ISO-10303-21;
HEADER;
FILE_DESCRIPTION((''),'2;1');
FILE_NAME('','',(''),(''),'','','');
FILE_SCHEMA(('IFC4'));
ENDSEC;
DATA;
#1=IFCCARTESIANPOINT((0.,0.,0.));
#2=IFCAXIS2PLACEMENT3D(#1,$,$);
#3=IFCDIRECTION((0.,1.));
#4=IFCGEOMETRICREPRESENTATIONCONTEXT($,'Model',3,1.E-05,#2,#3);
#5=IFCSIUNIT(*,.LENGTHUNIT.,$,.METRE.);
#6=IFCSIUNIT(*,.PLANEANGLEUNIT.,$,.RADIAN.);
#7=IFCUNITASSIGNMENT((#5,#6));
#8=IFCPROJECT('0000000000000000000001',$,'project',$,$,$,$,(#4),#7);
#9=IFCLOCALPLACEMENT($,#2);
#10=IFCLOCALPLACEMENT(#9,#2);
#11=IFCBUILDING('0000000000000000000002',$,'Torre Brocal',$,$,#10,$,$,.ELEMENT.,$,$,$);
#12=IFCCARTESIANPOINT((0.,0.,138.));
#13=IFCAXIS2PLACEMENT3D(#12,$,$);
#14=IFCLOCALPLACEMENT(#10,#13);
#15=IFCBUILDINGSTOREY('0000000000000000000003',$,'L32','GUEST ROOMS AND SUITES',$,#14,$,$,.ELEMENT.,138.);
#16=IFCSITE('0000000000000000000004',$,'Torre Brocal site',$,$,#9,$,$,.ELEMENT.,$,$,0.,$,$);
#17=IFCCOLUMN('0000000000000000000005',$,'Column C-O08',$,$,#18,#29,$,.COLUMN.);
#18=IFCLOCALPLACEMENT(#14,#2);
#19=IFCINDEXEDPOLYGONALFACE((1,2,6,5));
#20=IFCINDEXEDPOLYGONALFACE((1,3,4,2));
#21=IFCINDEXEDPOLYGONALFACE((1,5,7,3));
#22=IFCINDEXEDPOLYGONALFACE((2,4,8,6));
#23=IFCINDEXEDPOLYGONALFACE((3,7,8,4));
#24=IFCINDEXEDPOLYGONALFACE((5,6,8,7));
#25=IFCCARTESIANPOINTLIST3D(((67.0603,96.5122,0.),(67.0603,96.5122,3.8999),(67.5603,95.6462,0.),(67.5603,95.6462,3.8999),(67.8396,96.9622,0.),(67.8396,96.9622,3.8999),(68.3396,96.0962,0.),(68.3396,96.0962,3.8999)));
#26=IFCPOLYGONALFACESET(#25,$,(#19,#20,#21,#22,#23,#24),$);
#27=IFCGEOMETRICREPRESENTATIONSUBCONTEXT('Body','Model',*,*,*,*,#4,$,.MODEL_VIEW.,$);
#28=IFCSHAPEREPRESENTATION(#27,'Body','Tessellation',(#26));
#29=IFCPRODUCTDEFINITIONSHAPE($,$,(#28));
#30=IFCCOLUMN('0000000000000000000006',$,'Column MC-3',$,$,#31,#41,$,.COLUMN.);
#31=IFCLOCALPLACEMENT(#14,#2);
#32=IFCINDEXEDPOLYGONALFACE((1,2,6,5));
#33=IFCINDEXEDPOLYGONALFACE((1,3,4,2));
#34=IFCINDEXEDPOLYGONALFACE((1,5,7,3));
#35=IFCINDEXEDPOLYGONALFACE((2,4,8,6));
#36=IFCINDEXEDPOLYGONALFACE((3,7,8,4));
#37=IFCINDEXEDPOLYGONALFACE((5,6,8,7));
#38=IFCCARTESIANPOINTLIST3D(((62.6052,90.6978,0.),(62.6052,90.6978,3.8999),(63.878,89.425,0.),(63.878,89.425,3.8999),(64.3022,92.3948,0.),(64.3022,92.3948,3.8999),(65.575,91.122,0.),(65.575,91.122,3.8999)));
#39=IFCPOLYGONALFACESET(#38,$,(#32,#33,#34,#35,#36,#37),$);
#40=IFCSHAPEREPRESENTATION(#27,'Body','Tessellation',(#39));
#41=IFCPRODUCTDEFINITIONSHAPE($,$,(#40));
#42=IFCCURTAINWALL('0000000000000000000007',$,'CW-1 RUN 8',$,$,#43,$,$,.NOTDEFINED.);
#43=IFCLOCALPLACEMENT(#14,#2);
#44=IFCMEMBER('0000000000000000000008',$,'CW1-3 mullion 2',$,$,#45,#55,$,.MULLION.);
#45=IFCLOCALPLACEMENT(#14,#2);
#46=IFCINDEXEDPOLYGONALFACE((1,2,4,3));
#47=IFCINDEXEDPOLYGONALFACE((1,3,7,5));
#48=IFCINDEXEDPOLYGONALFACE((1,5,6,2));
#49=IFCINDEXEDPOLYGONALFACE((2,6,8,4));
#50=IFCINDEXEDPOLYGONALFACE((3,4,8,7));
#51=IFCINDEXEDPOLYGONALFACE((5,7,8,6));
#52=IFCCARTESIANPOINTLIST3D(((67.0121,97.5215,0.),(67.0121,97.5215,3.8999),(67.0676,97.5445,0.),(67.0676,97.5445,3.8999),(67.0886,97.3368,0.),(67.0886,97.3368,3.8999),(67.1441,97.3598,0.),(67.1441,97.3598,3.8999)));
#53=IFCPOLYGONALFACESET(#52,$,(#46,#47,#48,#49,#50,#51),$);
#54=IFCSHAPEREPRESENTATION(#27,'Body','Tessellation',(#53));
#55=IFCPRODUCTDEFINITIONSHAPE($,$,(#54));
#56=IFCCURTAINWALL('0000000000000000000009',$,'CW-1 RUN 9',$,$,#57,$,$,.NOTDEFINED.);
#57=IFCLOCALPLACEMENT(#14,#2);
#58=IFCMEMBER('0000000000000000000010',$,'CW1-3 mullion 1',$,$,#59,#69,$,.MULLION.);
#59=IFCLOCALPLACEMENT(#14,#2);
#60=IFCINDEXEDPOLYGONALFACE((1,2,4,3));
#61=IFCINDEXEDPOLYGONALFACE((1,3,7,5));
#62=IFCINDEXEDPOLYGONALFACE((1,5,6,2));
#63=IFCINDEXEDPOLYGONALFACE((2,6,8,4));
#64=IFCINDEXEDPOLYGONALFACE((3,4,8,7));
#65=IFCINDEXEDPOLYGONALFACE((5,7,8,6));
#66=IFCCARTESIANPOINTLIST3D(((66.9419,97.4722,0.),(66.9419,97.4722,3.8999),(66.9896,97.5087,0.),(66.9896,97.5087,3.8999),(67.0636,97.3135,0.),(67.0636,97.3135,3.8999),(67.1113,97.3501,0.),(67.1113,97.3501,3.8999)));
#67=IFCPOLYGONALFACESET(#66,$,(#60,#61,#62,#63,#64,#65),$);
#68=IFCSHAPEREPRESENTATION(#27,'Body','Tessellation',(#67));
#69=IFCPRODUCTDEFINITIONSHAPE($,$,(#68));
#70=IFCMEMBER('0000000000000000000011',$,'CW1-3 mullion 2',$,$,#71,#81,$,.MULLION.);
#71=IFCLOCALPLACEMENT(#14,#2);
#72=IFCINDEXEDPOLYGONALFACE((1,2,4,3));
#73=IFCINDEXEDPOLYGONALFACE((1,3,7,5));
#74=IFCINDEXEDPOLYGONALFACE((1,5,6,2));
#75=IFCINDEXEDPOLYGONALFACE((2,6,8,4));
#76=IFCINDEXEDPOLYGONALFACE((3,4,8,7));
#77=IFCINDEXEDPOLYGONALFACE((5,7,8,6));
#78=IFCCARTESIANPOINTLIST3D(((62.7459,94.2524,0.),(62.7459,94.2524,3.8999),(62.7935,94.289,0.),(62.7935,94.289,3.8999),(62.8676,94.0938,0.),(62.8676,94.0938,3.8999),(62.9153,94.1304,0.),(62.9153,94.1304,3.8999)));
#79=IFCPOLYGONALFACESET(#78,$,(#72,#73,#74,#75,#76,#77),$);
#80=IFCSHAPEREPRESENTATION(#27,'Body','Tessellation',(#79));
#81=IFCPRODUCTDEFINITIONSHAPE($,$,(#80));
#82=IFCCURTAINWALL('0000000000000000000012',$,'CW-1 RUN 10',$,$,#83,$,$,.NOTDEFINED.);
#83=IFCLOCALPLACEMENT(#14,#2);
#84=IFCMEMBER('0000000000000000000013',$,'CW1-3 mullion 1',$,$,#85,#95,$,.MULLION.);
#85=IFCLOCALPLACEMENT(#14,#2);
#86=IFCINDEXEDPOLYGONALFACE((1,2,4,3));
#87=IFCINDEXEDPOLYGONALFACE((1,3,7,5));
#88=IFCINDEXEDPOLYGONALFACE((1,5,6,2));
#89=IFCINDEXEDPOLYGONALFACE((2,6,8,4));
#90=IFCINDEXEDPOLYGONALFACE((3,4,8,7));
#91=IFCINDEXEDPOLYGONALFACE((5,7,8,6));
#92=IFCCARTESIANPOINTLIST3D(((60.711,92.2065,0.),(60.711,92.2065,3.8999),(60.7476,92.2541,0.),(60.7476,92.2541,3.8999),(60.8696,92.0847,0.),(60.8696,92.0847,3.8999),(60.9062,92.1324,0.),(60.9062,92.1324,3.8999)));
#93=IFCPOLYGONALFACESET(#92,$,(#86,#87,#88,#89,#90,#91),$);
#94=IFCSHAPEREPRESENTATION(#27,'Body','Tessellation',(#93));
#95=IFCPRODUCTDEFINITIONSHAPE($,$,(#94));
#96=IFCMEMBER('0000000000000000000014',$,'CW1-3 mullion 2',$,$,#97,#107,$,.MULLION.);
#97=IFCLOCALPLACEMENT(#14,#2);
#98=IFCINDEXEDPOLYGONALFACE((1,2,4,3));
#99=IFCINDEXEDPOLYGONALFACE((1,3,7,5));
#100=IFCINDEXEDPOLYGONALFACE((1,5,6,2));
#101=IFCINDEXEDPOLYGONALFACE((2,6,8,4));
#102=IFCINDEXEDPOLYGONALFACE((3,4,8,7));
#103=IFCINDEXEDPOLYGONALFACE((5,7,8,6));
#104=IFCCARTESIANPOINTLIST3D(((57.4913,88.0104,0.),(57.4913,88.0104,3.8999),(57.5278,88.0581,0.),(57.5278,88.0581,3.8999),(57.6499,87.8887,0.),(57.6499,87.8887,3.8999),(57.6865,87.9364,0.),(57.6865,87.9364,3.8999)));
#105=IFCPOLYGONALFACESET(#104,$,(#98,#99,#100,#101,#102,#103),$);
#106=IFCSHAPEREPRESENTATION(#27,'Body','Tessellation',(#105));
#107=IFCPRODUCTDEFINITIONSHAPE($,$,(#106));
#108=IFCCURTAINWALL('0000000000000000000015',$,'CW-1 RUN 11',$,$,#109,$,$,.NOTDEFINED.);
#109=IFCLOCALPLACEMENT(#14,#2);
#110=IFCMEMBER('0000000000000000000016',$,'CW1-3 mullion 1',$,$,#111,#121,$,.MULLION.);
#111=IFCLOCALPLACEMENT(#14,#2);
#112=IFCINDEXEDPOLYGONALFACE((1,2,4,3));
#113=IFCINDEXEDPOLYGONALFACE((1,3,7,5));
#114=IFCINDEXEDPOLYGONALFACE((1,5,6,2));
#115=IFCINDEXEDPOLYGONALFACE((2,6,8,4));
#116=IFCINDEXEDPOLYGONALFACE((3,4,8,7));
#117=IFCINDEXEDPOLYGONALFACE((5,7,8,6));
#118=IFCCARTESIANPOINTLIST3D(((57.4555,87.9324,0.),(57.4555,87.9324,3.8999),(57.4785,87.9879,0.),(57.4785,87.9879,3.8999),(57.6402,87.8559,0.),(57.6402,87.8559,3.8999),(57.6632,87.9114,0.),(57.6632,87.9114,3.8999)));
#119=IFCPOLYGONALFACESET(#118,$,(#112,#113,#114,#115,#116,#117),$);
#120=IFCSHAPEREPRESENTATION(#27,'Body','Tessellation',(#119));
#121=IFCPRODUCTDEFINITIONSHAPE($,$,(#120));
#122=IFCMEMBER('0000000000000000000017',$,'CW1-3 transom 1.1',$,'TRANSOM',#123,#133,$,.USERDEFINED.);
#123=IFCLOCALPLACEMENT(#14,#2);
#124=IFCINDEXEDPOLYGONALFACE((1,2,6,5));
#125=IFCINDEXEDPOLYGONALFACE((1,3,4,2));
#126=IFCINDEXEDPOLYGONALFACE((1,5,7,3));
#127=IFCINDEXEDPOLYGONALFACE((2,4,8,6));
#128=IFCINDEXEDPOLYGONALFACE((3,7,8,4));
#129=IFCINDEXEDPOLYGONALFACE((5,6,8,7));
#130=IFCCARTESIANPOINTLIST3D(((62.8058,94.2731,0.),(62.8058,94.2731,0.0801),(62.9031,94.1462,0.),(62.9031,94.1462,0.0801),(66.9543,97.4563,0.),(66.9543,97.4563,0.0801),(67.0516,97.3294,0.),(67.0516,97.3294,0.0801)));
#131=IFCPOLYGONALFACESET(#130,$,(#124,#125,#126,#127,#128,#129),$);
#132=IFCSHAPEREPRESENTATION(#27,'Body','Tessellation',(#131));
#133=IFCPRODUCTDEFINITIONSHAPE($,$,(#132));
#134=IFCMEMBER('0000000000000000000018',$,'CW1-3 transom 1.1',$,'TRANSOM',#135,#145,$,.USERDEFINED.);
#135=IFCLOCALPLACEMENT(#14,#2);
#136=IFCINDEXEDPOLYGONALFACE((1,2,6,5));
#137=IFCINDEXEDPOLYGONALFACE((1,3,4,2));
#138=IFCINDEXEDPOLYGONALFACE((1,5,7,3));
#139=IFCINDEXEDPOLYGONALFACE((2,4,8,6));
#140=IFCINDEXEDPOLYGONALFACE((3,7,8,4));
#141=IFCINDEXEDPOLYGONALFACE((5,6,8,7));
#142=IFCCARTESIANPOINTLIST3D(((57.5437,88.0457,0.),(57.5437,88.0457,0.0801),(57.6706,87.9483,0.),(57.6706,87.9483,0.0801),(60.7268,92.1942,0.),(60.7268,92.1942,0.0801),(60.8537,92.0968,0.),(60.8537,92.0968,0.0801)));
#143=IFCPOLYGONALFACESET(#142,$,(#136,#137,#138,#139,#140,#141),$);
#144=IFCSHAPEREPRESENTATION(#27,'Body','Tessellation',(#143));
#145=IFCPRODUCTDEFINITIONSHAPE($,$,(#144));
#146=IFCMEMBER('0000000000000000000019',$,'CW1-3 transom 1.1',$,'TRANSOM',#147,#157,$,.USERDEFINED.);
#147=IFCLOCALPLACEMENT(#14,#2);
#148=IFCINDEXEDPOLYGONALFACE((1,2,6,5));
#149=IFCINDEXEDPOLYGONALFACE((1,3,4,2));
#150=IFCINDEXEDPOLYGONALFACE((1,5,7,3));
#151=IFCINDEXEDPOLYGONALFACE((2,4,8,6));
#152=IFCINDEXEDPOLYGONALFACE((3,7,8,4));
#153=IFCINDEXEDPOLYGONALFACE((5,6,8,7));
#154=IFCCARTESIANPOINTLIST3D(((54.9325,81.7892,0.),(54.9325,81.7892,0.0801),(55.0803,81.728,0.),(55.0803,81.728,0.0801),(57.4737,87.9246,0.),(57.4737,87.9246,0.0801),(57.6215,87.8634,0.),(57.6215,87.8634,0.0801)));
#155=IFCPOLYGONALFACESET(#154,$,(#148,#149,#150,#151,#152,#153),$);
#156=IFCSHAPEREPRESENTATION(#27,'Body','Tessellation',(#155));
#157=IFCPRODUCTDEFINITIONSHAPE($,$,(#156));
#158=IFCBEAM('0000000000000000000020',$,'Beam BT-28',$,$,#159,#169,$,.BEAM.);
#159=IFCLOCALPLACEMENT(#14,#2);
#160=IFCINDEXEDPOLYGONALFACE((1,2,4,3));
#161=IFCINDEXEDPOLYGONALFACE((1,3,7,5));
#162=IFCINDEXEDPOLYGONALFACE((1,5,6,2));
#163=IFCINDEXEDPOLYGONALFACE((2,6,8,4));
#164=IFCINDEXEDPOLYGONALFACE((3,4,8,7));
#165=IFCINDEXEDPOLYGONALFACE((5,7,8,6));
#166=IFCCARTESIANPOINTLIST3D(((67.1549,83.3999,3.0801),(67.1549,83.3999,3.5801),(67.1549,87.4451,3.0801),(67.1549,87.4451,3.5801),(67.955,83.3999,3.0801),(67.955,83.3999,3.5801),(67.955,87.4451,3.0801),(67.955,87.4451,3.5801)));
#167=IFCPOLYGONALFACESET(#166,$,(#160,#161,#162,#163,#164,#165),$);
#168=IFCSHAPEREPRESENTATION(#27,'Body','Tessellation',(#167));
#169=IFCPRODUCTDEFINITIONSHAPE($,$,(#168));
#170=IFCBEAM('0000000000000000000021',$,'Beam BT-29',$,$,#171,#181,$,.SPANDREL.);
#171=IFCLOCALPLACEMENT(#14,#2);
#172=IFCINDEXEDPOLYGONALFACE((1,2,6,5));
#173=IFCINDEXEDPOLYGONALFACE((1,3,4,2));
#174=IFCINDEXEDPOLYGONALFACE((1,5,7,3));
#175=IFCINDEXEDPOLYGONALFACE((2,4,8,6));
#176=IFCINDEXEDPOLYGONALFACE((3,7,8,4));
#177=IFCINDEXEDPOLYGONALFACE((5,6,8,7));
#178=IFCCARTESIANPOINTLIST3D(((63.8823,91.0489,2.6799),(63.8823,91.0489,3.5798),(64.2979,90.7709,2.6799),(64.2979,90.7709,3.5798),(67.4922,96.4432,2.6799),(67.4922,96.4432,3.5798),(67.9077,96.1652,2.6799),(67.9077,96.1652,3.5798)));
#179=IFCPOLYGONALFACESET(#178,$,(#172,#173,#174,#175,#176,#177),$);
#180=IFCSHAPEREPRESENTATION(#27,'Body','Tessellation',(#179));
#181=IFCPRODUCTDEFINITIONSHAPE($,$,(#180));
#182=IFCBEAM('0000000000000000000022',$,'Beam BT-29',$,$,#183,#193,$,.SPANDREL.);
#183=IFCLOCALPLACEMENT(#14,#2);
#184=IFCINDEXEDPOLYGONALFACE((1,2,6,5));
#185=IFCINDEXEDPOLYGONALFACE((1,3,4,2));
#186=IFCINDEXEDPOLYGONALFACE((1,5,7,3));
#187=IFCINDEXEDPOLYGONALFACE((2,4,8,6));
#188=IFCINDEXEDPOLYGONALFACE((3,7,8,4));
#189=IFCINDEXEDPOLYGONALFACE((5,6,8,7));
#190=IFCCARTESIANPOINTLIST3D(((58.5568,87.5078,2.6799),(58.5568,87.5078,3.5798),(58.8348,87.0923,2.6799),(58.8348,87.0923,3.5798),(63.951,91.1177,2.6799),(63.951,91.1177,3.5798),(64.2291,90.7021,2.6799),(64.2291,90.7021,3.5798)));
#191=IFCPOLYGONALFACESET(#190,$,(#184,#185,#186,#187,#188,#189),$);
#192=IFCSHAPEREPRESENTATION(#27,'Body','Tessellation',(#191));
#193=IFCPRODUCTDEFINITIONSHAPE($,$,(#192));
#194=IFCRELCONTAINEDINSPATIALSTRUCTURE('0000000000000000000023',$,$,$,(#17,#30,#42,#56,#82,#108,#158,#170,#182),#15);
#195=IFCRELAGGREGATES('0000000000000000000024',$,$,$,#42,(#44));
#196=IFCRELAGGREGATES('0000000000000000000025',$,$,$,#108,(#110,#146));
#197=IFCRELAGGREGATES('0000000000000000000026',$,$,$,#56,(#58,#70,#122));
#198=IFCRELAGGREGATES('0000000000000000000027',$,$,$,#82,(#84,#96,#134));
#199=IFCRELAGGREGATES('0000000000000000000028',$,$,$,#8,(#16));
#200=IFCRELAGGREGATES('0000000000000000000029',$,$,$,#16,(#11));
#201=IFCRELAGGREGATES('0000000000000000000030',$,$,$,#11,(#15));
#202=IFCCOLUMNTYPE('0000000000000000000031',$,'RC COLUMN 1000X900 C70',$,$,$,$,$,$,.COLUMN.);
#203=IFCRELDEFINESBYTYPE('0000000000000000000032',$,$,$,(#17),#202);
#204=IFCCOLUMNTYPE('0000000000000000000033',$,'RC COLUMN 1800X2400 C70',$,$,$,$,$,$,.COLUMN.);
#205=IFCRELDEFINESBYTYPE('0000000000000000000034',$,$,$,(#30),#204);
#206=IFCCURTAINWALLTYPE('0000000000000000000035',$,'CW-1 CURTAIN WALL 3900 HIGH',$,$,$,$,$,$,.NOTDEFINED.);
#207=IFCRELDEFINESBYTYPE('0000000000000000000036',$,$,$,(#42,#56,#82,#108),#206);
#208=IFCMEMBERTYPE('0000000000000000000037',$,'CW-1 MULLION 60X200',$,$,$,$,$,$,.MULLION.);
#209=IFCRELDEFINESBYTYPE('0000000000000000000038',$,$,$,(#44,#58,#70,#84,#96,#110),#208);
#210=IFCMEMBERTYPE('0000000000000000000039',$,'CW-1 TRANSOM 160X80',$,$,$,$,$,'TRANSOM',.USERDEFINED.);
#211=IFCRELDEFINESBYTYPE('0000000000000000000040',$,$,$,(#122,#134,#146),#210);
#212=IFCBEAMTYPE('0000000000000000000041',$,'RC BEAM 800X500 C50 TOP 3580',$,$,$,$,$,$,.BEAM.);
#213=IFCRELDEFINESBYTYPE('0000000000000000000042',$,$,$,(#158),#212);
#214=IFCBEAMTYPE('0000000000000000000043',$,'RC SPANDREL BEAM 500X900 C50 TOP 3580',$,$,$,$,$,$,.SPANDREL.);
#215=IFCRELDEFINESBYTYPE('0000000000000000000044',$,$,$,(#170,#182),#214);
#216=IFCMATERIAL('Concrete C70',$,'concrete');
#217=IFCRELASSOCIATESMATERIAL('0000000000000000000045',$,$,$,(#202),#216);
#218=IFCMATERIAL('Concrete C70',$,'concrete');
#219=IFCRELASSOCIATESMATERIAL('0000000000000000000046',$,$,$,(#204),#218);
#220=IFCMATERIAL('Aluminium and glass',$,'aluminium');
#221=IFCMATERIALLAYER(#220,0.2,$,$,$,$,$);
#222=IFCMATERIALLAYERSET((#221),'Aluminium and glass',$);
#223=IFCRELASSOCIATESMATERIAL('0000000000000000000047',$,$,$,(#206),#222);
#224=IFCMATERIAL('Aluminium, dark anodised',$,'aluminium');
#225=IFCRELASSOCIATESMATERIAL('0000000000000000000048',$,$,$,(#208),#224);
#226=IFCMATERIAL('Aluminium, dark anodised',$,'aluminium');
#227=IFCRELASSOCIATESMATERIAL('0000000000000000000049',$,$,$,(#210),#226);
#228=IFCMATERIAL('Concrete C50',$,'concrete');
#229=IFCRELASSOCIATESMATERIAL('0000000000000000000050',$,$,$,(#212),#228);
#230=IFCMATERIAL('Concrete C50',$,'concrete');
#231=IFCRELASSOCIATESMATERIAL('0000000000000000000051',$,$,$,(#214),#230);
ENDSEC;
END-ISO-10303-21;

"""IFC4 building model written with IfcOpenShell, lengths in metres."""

from ifc_helpers import new_model, si_unit, direction, frame, origin, origin_2d, place, context, subcontext, project, spatial, rectangle, extrude, material, layer, layer_set, material_profile, profile_set, type_object, element, aggregate, save


model = new_model("IFC4")

# Units and contexts
model_context = context("Model", 3, precision=1e-05, world=origin(), true_north=direction((0.0, 1.0)))
body_context = subcontext(model_context, "Body", "Model", "MODEL_VIEW")
ifc_project = project(units=[si_unit("LENGTHUNIT", "METRE"), si_unit("PLANEANGLEUNIT", "RADIAN")], contexts=[model_context])

# Site, building, storey
site_placement = place(None, origin())
site = spatial("IfcSite", under=ifc_project, at=site_placement, Name="Torre Brocal site", CompositionType="ELEMENT", RefElevation=0.0)
building_placement = place(site_placement, origin())
building = spatial("IfcBuilding", under=site, at=building_placement, Name="Torre Brocal", CompositionType="ELEMENT")
storey_placement = place(building_placement, frame((0.0, 0.0, 138.0)))
storey = spatial("IfcBuildingStorey", under=building, at=storey_placement, Name="L32", Description="GUEST ROOMS AND SUITES", CompositionType="ELEMENT", Elevation=138.0)

# Columns
ifc_material_1 = material(Name="Concrete C70", Category="concrete")
ifc_material_profile_1 = material_profile(ifc_material_1, rectangle(XDim=1.0, YDim=0.8999, at=origin_2d()), Name="RC 1000X900")
ifc_profile_set_1 = profile_set([ifc_material_profile_1], Name="Concrete C70")
column_type_1 = type_object("IfcColumnType", Name="RC COLUMN 1000X900 C70", PredefinedType="COLUMN", material=ifc_profile_set_1)
column_1_placement = place(storey_placement, frame((67.7, 96.3042, 0.0), z_axis=(0.0, 0.0, 1.0), x_axis=(-0.5, 0.866025, 0.0)))
element("IfcColumn", 1, at=column_1_placement, inside=storey, type_object=column_type_1, Name="Column C-O08", PredefinedType="COLUMN", context=body_context, shape_type="SweptSolid", body=[
    extrude(rectangle(XDim=1.0, YDim=0.8999, at=origin_2d()), origin(), (0.0, 0.0, 1.0), 3.8999),
])
ifc_material_2 = material(Name="Concrete C70", Category="concrete")
ifc_material_profile_2 = material_profile(ifc_material_2, rectangle(XDim=1.8, YDim=2.3999, at=origin_2d()), Name="RC 1800X2400")
ifc_profile_set_2 = profile_set([ifc_material_profile_2], Name="Concrete C70")
column_type_2 = type_object("IfcColumnType", Name="RC COLUMN 1800X2400 C70", PredefinedType="COLUMN", material=ifc_profile_set_2)
column_2_placement = place(storey_placement, frame((64.0901, 90.9099, 0.0), z_axis=(0.0, 0.0, 1.0), x_axis=(-0.707107, 0.707107, 0.0)))
element("IfcColumn", 2, at=column_2_placement, inside=storey, type_object=column_type_2, Name="Column MC-3", PredefinedType="COLUMN", context=body_context, shape_type="SweptSolid", body=[
    extrude(rectangle(XDim=1.8, YDim=2.3999, at=origin_2d()), origin(), (0.0, 0.0, 1.0), 3.8999),
])

# Curtain wall, member
ifc_material_3 = material(Name="Aluminium and glass", Category="aluminium")
ifc_layer_1 = layer(ifc_material_3, 0.2)
ifc_layer_set_1 = layer_set([ifc_layer_1], Name="Aluminium and glass")
curtain_wall_type = type_object("IfcCurtainWallType", Name="CW-1 CURTAIN WALL 3900 HIGH", PredefinedType="NOTDEFINED", material=ifc_layer_set_1)
curtain_wall_1_placement = place(storey_placement, origin())
curtain_wall_1 = element("IfcCurtainWall", 3, at=curtain_wall_1_placement, inside=storey, type_object=curtain_wall_type, Name="CW-1 RUN 8", PredefinedType="NOTDEFINED")
ifc_material_4 = material(Name="Aluminium, dark anodised", Category="aluminium")
ifc_material_profile_3 = material_profile(ifc_material_4, rectangle(XDim=0.2, YDim=0.0601, at=origin_2d()), Name="CW-1 MULLION 60X200")
ifc_profile_set_3 = profile_set([ifc_material_profile_3], Name="Aluminium, dark anodised")
member_type_1 = type_object("IfcMemberType", Name="CW-1 MULLION 60X200", PredefinedType="MULLION", material=ifc_profile_set_3)
member_1_placement = place(storey_placement, frame((67.0781, 97.4407, 0.0), z_axis=(0.0, 0.0, 1.0), x_axis=(0.382683, -0.92388, 0.0)))
member_1 = element("IfcMember", 4, at=member_1_placement, type_object=member_type_1, Name="CW1-3 mullion 2", PredefinedType="MULLION", context=body_context, shape_type="SweptSolid", body=[
    extrude(rectangle(XDim=0.2, YDim=0.0601, at=origin_2d()), origin(), (0.0, 0.0, 1.0), 3.8999),
])
aggregate(curtain_wall_1, [member_1])

# Curtain walls, members
curtain_wall_2_placement = place(storey_placement, origin())
curtain_wall_2 = element("IfcCurtainWall", 5, at=curtain_wall_2_placement, inside=storey, type_object=curtain_wall_type, Name="CW-1 RUN 9", PredefinedType="NOTDEFINED")
member_2_placement = place(storey_placement, frame((67.0266, 97.4111, 0.0), z_axis=(0.0, 0.0, 1.0), x_axis=(0.608761, -0.793353, 0.0)))
member_2 = element("IfcMember", 6, at=member_2_placement, type_object=member_type_1, Name="CW1-3 mullion 1", PredefinedType="MULLION", context=body_context, shape_type="SweptSolid", body=[
    extrude(rectangle(XDim=0.2, YDim=0.0601, at=origin_2d()), origin(), (0.0, 0.0, 1.0), 3.8999),
])
member_3_placement = place(storey_placement, frame((62.8306, 94.1914, 0.0), z_axis=(0.0, 0.0, 1.0), x_axis=(0.608761, -0.793353, 0.0)))
member_3 = element("IfcMember", 7, at=member_3_placement, type_object=member_type_1, Name="CW1-3 mullion 2", PredefinedType="MULLION", context=body_context, shape_type="SweptSolid", body=[
    extrude(rectangle(XDim=0.2, YDim=0.0601, at=origin_2d()), origin(), (0.0, 0.0, 1.0), 3.8999),
])
curtain_wall_3_placement = place(storey_placement, origin())
curtain_wall_3 = element("IfcCurtainWall", 8, at=curtain_wall_3_placement, inside=storey, type_object=curtain_wall_type, Name="CW-1 RUN 10", PredefinedType="NOTDEFINED")
member_4_placement = place(storey_placement, frame((60.8086, 92.1694, 0.0), z_axis=(0.0, 0.0, 1.0), x_axis=(0.793353, -0.608761, 0.0)))
member_4 = element("IfcMember", 9, at=member_4_placement, type_object=member_type_1, Name="CW1-3 mullion 1", PredefinedType="MULLION", context=body_context, shape_type="SweptSolid", body=[
    extrude(rectangle(XDim=0.2, YDim=0.0601, at=origin_2d()), origin(), (0.0, 0.0, 1.0), 3.8999),
])
member_5_placement = place(storey_placement, frame((57.5889, 87.9734, 0.0), z_axis=(0.0, 0.0, 1.0), x_axis=(0.793353, -0.608761, 0.0)))
member_5 = element("IfcMember", 10, at=member_5_placement, type_object=member_type_1, Name="CW1-3 mullion 2", PredefinedType="MULLION", context=body_context, shape_type="SweptSolid", body=[
    extrude(rectangle(XDim=0.2, YDim=0.0601, at=origin_2d()), origin(), (0.0, 0.0, 1.0), 3.8999),
])

# Curtain wall, member
curtain_wall_4_placement = place(storey_placement, origin())
curtain_wall_4 = element("IfcCurtainWall", 11, at=curtain_wall_4_placement, inside=storey, type_object=curtain_wall_type, Name="CW-1 RUN 11", PredefinedType="NOTDEFINED")
member_6_placement = place(storey_placement, frame((57.5593, 87.9219, 0.0), z_axis=(0.0, 0.0, 1.0), x_axis=(0.92388, -0.382683, 0.0)))
member_6 = element("IfcMember", 12, at=member_6_placement, type_object=member_type_1, Name="CW1-3 mullion 1", PredefinedType="MULLION", context=body_context, shape_type="SweptSolid", body=[
    extrude(rectangle(XDim=0.2, YDim=0.0601, at=origin_2d()), origin(), (0.0, 0.0, 1.0), 3.8999),
])

# Members
ifc_material_5 = material(Name="Aluminium, dark anodised", Category="aluminium")
ifc_material_profile_4 = material_profile(ifc_material_5, rectangle(XDim=0.1599, YDim=0.0801, at=origin_2d()), Name="CW-1 TRANSOM 160X80")
ifc_profile_set_4 = profile_set([ifc_material_profile_4], Name="Aluminium, dark anodised")
member_type_2 = type_object("IfcMemberType", Name="CW-1 TRANSOM 160X80", ElementType="TRANSOM", PredefinedType="USERDEFINED", material=ifc_profile_set_4)
member_7_placement = place(storey_placement, frame((67.0029, 97.3928, 0.04), z_axis=(-0.793363, -0.608749, 0.0), x_axis=(0.608749, -0.793363, 0.0)))
member_7 = element("IfcMember", 13, at=member_7_placement, type_object=member_type_2, Name="CW1-3 transom 1.1", ObjectType="TRANSOM", PredefinedType="USERDEFINED", context=body_context, shape_type="SweptSolid", body=[
    extrude(rectangle(XDim=0.1599, YDim=0.0801, at=origin_2d()), origin(), (0.0, 0.0, 1.0), 5.229),
])
member_8_placement = place(storey_placement, frame((60.7903, 92.1455, 0.04), z_axis=(-0.608749, -0.793363, 0.0), x_axis=(0.793363, -0.608749, 0.0)))
member_8 = element("IfcMember", 14, at=member_8_placement, type_object=member_type_2, Name="CW1-3 transom 1.1", ObjectType="TRANSOM", PredefinedType="USERDEFINED", context=body_context, shape_type="SweptSolid", body=[
    extrude(rectangle(XDim=0.1599, YDim=0.0801, at=origin_2d()), origin(), (0.0, 0.0, 1.0), 5.229),
])
member_9_placement = place(storey_placement, frame((57.5476, 87.894, 0.04), z_axis=(-0.382665, -0.923887, 0.0), x_axis=(0.923887, -0.382665, 0.0)))
member_9 = element("IfcMember", 15, at=member_9_placement, type_object=member_type_2, Name="CW1-3 transom 1.1", ObjectType="TRANSOM", PredefinedType="USERDEFINED", context=body_context, shape_type="SweptSolid", body=[
    extrude(rectangle(XDim=0.1599, YDim=0.0801, at=origin_2d()), origin(), (0.0, 0.0, 1.0), 6.6409),
])
aggregate(curtain_wall_4, [member_6, member_9])

# Beams
ifc_material_6 = material(Name="Concrete C50", Category="concrete")
ifc_material_profile_5 = material_profile(ifc_material_6, rectangle(XDim=0.8, YDim=0.5, at=origin_2d()), Name="RC 800X500")
ifc_profile_set_5 = profile_set([ifc_material_profile_5], Name="Concrete C50")
beam_type_1 = type_object("IfcBeamType", Name="RC BEAM 800X500 C50 TOP 3580", PredefinedType="BEAM", material=ifc_profile_set_5)
beam_placement = place(storey_placement, frame((67.5549, 87.4451, 3.3301), z_axis=(0.0, -1.0, 0.0), x_axis=(1.0, 0.0, 0.0)))
element("IfcBeam", 16, at=beam_placement, inside=storey, type_object=beam_type_1, Name="Beam BT-28", PredefinedType="BEAM", context=body_context, shape_type="SweptSolid", body=[
    extrude(rectangle(XDim=0.8, YDim=0.5, at=origin_2d()), origin(), (0.0, 0.0, 1.0), 4.0452),
])
ifc_material_7 = material(Name="Concrete C50", Category="concrete")
ifc_material_profile_6 = material_profile(ifc_material_7, rectangle(XDim=0.5, YDim=0.8999, at=origin_2d()), Name="RC 500X900")
ifc_profile_set_6 = profile_set([ifc_material_profile_6], Name="Concrete C50")
beam_type_2 = type_object("IfcBeamType", Name="RC SPANDREL BEAM 500X900 C50 TOP 3580", PredefinedType="SPANDREL", material=ifc_profile_set_6)
for number, where, z_axis, x_axis, name in (
    (17, (67.7, 96.3042, 3.1299), (-0.556158, -0.831077, 0.0), (0.831077, -0.556158, 0.0), "Beam BT-29"),
    (18, (64.0901, 90.9099, 3.1299), (-0.831077, -0.556158, 0.0), (0.556158, -0.831077, 0.0), "Beam BT-29"),
):
    element("IfcBeam", number, at=place(storey_placement, frame(where, z_axis=z_axis, x_axis=x_axis)), inside=storey, type_object=beam_type_2, Name=name, PredefinedType="SPANDREL", context=body_context, shape_type="SweptSolid", body=[
        extrude(rectangle(XDim=0.5, YDim=0.8999, at=origin_2d()), origin(), (0.0, 0.0, 1.0), 6.4907),
    ])

aggregate(curtain_wall_2, [member_2, member_3, member_7])
aggregate(curtain_wall_3, [member_4, member_5, member_8])

save(model, "model.ifc")
